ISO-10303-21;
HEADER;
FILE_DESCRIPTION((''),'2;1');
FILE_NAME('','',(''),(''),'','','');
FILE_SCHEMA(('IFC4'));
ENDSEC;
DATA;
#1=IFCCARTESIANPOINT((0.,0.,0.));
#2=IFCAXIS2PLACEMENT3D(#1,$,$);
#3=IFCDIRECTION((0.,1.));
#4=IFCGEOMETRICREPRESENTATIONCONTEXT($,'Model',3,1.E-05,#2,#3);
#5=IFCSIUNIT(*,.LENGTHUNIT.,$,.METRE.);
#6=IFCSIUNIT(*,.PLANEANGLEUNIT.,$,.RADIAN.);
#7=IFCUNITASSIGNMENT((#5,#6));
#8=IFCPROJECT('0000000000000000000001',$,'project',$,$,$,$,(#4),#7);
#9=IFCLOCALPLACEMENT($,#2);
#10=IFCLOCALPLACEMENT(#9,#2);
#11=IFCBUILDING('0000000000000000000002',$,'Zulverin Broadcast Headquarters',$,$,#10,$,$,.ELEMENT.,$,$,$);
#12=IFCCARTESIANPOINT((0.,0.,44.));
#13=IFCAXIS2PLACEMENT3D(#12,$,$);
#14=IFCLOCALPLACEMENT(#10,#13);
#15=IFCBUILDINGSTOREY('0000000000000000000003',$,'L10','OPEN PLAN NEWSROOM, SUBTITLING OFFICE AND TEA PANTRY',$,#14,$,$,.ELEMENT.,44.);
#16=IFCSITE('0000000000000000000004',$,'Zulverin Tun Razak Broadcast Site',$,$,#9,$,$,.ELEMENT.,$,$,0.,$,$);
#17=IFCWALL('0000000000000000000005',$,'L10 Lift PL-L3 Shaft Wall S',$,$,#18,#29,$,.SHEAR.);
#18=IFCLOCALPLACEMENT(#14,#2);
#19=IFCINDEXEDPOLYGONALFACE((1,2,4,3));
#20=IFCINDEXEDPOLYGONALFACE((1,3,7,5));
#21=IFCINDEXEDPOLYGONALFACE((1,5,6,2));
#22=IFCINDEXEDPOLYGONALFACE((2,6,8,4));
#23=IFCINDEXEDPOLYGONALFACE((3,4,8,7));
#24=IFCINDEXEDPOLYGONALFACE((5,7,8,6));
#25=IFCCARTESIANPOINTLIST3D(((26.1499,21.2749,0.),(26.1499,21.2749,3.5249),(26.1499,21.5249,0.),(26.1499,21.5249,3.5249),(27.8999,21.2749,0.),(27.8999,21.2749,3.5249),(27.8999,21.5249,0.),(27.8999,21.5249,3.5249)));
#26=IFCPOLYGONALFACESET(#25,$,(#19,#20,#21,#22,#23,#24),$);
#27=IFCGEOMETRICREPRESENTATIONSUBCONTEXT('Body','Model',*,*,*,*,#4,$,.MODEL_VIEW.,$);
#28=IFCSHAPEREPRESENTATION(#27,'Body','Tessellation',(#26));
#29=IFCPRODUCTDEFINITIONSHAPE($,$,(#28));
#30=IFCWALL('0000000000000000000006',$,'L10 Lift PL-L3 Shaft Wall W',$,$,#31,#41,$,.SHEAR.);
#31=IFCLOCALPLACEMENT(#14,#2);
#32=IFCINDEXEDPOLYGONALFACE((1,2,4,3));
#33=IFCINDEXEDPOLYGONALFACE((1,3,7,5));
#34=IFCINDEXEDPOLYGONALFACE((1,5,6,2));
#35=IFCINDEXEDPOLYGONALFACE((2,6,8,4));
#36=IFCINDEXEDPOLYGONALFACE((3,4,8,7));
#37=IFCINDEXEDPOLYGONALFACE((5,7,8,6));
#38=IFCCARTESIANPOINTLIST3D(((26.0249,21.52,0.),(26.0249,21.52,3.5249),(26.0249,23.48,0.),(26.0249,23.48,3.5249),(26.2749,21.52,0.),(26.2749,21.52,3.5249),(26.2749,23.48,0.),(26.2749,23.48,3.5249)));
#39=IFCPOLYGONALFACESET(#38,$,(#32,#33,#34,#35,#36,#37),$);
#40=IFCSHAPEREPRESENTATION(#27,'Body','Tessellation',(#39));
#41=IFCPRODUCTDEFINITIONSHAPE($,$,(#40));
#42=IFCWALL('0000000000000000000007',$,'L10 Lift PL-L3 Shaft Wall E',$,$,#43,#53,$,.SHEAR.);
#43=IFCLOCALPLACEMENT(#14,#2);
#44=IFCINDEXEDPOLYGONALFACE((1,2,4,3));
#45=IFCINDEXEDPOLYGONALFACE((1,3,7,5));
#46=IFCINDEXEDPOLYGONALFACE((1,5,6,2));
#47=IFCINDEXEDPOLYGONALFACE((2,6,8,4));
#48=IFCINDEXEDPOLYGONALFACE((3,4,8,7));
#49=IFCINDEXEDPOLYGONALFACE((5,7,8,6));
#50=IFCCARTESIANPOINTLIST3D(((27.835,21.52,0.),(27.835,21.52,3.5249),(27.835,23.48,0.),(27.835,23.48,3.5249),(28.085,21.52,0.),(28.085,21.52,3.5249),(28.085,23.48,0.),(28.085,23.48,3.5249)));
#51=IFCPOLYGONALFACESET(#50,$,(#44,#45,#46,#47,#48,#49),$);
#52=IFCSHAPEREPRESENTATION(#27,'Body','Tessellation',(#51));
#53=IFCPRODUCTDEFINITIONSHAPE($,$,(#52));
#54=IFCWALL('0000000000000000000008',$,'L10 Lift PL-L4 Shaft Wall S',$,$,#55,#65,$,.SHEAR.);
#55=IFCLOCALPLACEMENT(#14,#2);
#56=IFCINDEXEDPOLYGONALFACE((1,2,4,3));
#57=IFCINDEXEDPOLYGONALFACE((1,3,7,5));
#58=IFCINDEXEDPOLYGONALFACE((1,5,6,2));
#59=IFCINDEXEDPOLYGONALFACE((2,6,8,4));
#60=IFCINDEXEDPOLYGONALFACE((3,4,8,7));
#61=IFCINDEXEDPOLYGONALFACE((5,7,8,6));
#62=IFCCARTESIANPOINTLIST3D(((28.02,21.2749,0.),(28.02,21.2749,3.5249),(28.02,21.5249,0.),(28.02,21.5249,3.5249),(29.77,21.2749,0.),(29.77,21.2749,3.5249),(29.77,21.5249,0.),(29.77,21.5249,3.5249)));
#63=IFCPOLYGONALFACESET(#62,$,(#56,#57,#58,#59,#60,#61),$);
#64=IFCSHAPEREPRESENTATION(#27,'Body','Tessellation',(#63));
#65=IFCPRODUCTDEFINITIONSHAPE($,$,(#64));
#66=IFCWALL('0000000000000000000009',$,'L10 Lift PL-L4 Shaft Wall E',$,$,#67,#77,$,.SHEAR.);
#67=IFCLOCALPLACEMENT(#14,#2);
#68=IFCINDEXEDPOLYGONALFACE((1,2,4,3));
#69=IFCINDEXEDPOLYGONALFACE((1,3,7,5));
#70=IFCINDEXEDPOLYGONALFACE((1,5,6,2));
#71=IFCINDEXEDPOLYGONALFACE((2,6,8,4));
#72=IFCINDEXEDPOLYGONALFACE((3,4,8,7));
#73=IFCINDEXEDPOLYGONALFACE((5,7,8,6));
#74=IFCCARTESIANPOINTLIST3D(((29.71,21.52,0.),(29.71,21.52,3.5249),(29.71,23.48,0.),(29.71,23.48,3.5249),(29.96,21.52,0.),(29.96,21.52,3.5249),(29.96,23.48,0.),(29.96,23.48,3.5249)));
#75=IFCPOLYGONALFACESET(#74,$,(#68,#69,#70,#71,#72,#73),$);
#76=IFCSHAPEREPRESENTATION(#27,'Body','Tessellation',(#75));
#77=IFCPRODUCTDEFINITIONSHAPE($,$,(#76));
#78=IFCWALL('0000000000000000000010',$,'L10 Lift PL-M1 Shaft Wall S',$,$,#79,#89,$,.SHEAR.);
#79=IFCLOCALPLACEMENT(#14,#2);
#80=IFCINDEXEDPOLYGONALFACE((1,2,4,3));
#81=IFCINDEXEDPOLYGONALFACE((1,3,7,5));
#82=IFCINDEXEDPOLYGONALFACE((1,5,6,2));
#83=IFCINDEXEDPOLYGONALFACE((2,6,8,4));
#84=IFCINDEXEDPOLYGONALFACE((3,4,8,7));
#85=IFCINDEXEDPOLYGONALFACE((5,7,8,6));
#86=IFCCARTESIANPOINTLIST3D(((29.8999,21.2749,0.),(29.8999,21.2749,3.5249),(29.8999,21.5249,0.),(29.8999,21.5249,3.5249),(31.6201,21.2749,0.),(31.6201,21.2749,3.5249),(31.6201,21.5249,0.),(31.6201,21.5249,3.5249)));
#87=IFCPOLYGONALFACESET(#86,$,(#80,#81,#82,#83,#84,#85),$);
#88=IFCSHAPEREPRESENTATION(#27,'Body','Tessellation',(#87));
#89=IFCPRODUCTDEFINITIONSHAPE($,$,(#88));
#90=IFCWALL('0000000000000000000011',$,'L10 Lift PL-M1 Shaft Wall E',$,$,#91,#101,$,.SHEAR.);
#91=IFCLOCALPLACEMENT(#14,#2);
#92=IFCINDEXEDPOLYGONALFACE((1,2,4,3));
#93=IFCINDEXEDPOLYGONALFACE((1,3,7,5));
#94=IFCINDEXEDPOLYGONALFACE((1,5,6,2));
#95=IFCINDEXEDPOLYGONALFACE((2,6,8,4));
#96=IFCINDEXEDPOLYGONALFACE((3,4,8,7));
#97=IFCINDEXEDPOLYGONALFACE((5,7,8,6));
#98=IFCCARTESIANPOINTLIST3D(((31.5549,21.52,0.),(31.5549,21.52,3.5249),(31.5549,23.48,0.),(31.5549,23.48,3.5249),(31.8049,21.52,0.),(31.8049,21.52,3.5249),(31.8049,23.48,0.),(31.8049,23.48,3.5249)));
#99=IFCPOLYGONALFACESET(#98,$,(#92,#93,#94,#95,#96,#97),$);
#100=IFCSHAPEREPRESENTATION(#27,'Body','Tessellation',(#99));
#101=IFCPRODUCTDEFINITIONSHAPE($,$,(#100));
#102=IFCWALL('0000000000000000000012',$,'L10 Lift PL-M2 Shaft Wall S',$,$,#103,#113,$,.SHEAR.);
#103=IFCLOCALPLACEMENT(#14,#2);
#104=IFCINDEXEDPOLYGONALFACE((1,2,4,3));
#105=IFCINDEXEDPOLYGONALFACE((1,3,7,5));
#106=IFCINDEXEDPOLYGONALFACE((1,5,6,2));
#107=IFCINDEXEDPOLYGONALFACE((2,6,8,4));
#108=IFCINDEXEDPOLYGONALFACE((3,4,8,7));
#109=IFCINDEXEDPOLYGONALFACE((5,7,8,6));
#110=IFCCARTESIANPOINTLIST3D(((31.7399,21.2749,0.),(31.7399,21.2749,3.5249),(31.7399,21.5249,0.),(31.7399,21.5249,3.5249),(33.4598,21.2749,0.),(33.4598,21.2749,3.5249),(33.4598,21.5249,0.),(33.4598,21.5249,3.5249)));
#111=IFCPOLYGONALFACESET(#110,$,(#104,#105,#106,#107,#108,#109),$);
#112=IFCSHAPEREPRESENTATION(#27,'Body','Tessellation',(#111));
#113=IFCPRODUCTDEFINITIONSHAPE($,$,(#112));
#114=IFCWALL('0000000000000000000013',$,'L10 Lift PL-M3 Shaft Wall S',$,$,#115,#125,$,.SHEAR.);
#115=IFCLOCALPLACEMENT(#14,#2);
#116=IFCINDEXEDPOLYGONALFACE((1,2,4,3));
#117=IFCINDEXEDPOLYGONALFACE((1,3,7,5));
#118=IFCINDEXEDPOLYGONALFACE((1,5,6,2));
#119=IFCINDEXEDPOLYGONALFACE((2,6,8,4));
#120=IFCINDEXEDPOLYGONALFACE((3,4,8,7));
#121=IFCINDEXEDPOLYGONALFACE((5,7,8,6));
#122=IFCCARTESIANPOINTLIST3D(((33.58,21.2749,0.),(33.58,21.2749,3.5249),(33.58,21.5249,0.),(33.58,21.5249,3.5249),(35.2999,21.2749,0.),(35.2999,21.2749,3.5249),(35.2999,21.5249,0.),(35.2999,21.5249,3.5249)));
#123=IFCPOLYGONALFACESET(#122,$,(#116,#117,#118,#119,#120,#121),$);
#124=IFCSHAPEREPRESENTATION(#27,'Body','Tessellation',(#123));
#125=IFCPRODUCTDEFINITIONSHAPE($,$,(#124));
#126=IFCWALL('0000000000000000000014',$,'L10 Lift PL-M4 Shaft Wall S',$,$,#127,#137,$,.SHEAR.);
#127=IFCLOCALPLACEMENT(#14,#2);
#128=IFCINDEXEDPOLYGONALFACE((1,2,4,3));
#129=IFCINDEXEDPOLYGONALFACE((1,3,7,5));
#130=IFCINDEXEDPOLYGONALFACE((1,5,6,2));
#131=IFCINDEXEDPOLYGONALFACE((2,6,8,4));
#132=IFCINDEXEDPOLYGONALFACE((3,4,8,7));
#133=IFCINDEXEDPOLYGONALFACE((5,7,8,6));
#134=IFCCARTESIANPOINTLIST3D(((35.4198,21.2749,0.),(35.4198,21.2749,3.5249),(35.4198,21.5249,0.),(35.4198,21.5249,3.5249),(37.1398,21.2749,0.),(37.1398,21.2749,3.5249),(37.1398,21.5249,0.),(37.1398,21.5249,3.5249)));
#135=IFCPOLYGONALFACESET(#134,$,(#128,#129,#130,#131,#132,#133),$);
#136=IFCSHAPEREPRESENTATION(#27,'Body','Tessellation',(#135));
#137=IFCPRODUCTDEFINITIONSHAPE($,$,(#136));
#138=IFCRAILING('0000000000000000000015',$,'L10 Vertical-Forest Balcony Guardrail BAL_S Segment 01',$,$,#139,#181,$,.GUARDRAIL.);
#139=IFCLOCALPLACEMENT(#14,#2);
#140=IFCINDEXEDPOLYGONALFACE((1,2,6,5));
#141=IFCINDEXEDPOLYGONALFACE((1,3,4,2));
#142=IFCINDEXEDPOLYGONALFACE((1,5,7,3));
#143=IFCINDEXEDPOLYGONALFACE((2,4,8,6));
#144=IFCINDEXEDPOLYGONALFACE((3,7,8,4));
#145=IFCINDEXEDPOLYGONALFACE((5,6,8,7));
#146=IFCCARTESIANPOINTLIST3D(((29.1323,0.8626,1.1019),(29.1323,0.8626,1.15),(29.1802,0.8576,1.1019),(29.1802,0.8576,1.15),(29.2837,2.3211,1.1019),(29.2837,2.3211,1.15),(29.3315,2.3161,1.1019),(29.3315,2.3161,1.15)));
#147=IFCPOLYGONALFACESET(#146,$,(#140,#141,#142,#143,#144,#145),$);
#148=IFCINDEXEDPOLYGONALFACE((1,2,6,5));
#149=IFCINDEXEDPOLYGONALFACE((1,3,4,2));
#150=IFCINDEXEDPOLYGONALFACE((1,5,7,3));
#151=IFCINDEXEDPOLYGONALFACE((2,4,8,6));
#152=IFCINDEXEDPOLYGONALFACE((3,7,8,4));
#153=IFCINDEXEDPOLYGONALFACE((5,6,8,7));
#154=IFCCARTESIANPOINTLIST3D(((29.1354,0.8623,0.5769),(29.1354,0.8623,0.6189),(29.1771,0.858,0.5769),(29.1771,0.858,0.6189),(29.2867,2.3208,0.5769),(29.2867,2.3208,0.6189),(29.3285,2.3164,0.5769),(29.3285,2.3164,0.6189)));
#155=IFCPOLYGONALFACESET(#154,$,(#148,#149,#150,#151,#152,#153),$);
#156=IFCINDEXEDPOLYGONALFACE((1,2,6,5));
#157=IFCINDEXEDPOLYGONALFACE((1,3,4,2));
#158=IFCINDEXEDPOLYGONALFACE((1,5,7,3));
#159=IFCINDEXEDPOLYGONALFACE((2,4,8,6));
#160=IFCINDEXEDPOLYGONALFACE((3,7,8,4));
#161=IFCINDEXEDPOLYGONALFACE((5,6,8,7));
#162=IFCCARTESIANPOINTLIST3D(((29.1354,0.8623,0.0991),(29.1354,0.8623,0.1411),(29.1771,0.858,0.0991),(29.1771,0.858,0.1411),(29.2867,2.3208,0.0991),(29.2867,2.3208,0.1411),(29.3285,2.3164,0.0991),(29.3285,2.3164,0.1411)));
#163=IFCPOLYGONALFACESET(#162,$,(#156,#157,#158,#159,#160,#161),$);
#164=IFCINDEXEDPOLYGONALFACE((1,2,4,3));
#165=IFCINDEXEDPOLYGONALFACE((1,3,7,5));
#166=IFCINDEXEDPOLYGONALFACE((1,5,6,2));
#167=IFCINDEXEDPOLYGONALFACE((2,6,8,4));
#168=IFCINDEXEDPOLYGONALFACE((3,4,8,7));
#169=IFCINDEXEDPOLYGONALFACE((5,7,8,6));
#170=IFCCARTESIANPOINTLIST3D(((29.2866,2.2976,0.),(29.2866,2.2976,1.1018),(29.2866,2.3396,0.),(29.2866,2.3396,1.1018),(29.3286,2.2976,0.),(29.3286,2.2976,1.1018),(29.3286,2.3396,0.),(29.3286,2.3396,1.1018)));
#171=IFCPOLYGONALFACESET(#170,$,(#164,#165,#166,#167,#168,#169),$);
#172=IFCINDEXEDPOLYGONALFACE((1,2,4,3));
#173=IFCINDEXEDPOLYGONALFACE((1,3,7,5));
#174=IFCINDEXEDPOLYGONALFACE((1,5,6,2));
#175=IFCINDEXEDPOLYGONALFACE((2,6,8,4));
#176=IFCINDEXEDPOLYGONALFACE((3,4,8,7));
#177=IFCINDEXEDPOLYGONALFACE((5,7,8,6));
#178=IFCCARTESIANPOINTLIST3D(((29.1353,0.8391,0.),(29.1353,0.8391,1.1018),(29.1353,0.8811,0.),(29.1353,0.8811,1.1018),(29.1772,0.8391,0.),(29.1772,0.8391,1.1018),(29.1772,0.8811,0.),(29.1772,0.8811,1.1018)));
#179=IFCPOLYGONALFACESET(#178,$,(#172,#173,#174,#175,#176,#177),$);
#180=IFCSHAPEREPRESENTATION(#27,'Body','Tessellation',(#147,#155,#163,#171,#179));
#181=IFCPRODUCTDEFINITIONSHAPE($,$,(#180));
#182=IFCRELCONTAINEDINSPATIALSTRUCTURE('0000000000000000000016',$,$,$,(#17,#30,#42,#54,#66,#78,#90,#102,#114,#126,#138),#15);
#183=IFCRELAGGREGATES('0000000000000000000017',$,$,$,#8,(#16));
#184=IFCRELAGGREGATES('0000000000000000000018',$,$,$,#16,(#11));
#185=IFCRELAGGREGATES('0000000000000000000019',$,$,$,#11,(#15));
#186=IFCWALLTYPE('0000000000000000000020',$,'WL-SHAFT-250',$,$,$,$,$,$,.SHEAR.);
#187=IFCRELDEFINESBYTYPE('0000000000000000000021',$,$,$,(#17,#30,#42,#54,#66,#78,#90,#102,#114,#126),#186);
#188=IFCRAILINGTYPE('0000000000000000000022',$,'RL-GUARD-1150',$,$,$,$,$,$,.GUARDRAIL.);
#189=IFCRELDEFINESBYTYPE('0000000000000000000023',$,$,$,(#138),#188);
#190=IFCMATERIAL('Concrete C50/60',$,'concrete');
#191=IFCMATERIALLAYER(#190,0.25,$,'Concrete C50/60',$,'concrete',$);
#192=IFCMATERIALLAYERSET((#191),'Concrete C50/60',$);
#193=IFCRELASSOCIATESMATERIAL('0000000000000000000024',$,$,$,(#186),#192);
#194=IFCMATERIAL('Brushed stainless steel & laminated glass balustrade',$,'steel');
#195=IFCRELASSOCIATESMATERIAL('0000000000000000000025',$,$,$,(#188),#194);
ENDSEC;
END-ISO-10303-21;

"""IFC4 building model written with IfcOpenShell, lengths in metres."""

from ifc_helpers import new_model, si_unit, direction, frame, frame_2d, origin, origin_2d, place, context, subcontext, project, spatial, rectangle, extrude, material, layer, layer_set, type_object, element, save


model = new_model("IFC4")

# Units and contexts
model_context = context("Model", 3, precision=1e-05, world=origin(), true_north=direction((0.0, 1.0)))
body_context = subcontext(model_context, "Body", "Model", "MODEL_VIEW")
ifc_project = project(units=[si_unit("LENGTHUNIT", "METRE"), si_unit("PLANEANGLEUNIT", "RADIAN")], contexts=[model_context])

# Site, building, storey
site_placement = place(None, origin())
site = spatial("IfcSite", under=ifc_project, at=site_placement, Name="Zulverin Tun Razak Broadcast Site", CompositionType="ELEMENT", RefElevation=0.0)
building_placement = place(site_placement, origin())
building = spatial("IfcBuilding", under=site, at=building_placement, Name="Zulverin Broadcast Headquarters", CompositionType="ELEMENT")
storey_placement = place(building_placement, frame((0.0, 0.0, 44.0)))
storey = spatial("IfcBuildingStorey", under=building, at=storey_placement, Name="L10", Description="OPEN PLAN NEWSROOM, SUBTITLING OFFICE AND TEA PANTRY", CompositionType="ELEMENT", Elevation=44.0)

# Walls
ifc_material_1 = material(Name="Concrete C50/60", Category="concrete")
ifc_layer_1 = layer(ifc_material_1, 0.25, Name="Concrete C50/60", Category="concrete")
ifc_layer_set_1 = layer_set([ifc_layer_1], Name="Concrete C50/60")
wall_type_1 = type_object("IfcWallType", Name="WL-SHAFT-250", PredefinedType="SHEAR", material=ifc_layer_set_1)
wall_1_placement = place(storey_placement, frame((26.1499, 21.3999, 0.0), z_axis=(0.0, 0.0, 1.0), x_axis=(1.0, 0.0, 0.0)))
element("IfcWall", 1, at=wall_1_placement, inside=storey, type_object=wall_type_1, Name="L10 Lift PL-L3 Shaft Wall S", PredefinedType="SHEAR", context=body_context, shape_type="SweptSolid", body=[
    extrude(rectangle(XDim=1.75, YDim=0.25, at=frame_2d((0.875, 0.0))), origin(), (0.0, 0.0, 1.0), 3.5249),
])
for number, where, z_axis, x_axis, name in (
    (2, (26.1499, 21.52, 0.0), (0.0, 0.0, 1.0), (0.0, 1.0, 0.0), "L10 Lift PL-L3 Shaft Wall W"),
    (3, (27.96, 21.52, 0.0), (0.0, 0.0, 1.0), (0.0, 1.0, 0.0), "L10 Lift PL-L3 Shaft Wall E"),
):
    element("IfcWall", number, at=place(storey_placement, frame(where, z_axis=z_axis, x_axis=x_axis)), inside=storey, type_object=wall_type_1, Name=name, PredefinedType="SHEAR", context=body_context, shape_type="SweptSolid", body=[
        extrude(rectangle(XDim=1.96, YDim=0.25, at=frame_2d((0.98, 0.0))), origin(), (0.0, 0.0, 1.0), 3.5249),
    ])
wall_2_placement = place(storey_placement, frame((28.02, 21.3999, 0.0), z_axis=(0.0, 0.0, 1.0), x_axis=(1.0, 0.0, 0.0)))
element("IfcWall", 4, at=wall_2_placement, inside=storey, type_object=wall_type_1, Name="L10 Lift PL-L4 Shaft Wall S", PredefinedType="SHEAR", context=body_context, shape_type="SweptSolid", body=[
    extrude(rectangle(XDim=1.75, YDim=0.25, at=frame_2d((0.875, 0.0))), origin(), (0.0, 0.0, 1.0), 3.5249),
])
wall_3_placement = place(storey_placement, frame((29.835, 21.52, 0.0), z_axis=(0.0, 0.0, 1.0), x_axis=(0.0, 1.0, 0.0)))
element("IfcWall", 5, at=wall_3_placement, inside=storey, type_object=wall_type_1, Name="L10 Lift PL-L4 Shaft Wall E", PredefinedType="SHEAR", context=body_context, shape_type="SweptSolid", body=[
    extrude(rectangle(XDim=1.96, YDim=0.25, at=frame_2d((0.98, 0.0))), origin(), (0.0, 0.0, 1.0), 3.5249),
])
wall_4_placement = place(storey_placement, frame((29.8999, 21.3999, 0.0), z_axis=(0.0, 0.0, 1.0), x_axis=(1.0, 0.0, 0.0)))
element("IfcWall", 6, at=wall_4_placement, inside=storey, type_object=wall_type_1, Name="L10 Lift PL-M1 Shaft Wall S", PredefinedType="SHEAR", context=body_context, shape_type="SweptSolid", body=[
    extrude(rectangle(XDim=1.7202, YDim=0.25, at=frame_2d((0.8601, 0.0))), origin(), (0.0, 0.0, 1.0), 3.5249),
])
wall_5_placement = place(storey_placement, frame((31.6799, 21.52, 0.0), z_axis=(0.0, 0.0, 1.0), x_axis=(0.0, 1.0, 0.0)))
element("IfcWall", 7, at=wall_5_placement, inside=storey, type_object=wall_type_1, Name="L10 Lift PL-M1 Shaft Wall E", PredefinedType="SHEAR", context=body_context, shape_type="SweptSolid", body=[
    extrude(rectangle(XDim=1.96, YDim=0.25, at=frame_2d((0.98, 0.0))), origin(), (0.0, 0.0, 1.0), 3.5249),
])
for number, where, z_axis, x_axis, name in (
    (8, (31.74, 21.3999, 0.0), (0.0, 0.0, 1.0), (1.0, 0.0, 0.0), "L10 Lift PL-M2 Shaft Wall S"),
    (9, (33.5801, 21.3999, 0.0), (0.0, 0.0, 1.0), (1.0, 0.0, 0.0), "L10 Lift PL-M3 Shaft Wall S"),
    (10, (35.4199, 21.3999, 0.0), (0.0, 0.0, 1.0), (1.0, 0.0, 0.0), "L10 Lift PL-M4 Shaft Wall S"),
):
    element("IfcWall", number, at=place(storey_placement, frame(where, z_axis=z_axis, x_axis=x_axis)), inside=storey, type_object=wall_type_1, Name=name, PredefinedType="SHEAR", context=body_context, shape_type="SweptSolid", body=[
        extrude(rectangle(XDim=1.72, YDim=0.25, at=frame_2d((0.8599, 0.0))), origin(), (0.0, 0.0, 1.0), 3.5249),
    ])

# Railing
ifc_material_2 = material(Name="Brushed stainless steel & laminated glass balustrade", Category="steel")
railing_type = type_object("IfcRailingType", Name="RL-GUARD-1150", PredefinedType="GUARDRAIL", material=ifc_material_2)
railing_1_placement = place(storey_placement, frame((29.3076, 2.3186, 0.0)))
element("IfcRailing", 11, at=railing_1_placement, inside=storey, type_object=railing_type, Name="L10 Vertical-Forest Balcony Guardrail BAL_S Segment 01", PredefinedType="GUARDRAIL", context=body_context, shape_type="SweptSolid", body=[
    extrude(rectangle(XDim=0.0481, YDim=0.0481, at=origin_2d()), frame((0.0, 0.0, 1.126), z_axis=(-0.103229, -0.994658, 0.0), x_axis=(0.994658, -0.103229, 0.0)), (0.0, 0.0, 1.0), 1.4663),
    extrude(rectangle(XDim=0.042, YDim=0.042, at=origin_2d()), frame((0.0, 0.0, 0.5979), z_axis=(-0.103229, -0.994658, 0.0), x_axis=(0.994658, -0.103229, 0.0)), (0.0, 0.0, 1.0), 1.4663),
    extrude(rectangle(XDim=0.042, YDim=0.042, at=origin_2d()), frame((0.0, 0.0, 0.1201), z_axis=(-0.103229, -0.994658, 0.0), x_axis=(0.994658, -0.103229, 0.0)), (0.0, 0.0, 1.0), 1.4663),
    extrude(rectangle(XDim=0.042, YDim=0.042, at=origin_2d()), origin(), (0.0, 0.0, 1.0), 1.1018),
    extrude(rectangle(XDim=0.042, YDim=0.042, at=origin_2d()), frame((-0.1514, -1.4585, 0.0)), (0.0, 0.0, 1.0), 1.1018),
])

save(model, "model.ifc")
